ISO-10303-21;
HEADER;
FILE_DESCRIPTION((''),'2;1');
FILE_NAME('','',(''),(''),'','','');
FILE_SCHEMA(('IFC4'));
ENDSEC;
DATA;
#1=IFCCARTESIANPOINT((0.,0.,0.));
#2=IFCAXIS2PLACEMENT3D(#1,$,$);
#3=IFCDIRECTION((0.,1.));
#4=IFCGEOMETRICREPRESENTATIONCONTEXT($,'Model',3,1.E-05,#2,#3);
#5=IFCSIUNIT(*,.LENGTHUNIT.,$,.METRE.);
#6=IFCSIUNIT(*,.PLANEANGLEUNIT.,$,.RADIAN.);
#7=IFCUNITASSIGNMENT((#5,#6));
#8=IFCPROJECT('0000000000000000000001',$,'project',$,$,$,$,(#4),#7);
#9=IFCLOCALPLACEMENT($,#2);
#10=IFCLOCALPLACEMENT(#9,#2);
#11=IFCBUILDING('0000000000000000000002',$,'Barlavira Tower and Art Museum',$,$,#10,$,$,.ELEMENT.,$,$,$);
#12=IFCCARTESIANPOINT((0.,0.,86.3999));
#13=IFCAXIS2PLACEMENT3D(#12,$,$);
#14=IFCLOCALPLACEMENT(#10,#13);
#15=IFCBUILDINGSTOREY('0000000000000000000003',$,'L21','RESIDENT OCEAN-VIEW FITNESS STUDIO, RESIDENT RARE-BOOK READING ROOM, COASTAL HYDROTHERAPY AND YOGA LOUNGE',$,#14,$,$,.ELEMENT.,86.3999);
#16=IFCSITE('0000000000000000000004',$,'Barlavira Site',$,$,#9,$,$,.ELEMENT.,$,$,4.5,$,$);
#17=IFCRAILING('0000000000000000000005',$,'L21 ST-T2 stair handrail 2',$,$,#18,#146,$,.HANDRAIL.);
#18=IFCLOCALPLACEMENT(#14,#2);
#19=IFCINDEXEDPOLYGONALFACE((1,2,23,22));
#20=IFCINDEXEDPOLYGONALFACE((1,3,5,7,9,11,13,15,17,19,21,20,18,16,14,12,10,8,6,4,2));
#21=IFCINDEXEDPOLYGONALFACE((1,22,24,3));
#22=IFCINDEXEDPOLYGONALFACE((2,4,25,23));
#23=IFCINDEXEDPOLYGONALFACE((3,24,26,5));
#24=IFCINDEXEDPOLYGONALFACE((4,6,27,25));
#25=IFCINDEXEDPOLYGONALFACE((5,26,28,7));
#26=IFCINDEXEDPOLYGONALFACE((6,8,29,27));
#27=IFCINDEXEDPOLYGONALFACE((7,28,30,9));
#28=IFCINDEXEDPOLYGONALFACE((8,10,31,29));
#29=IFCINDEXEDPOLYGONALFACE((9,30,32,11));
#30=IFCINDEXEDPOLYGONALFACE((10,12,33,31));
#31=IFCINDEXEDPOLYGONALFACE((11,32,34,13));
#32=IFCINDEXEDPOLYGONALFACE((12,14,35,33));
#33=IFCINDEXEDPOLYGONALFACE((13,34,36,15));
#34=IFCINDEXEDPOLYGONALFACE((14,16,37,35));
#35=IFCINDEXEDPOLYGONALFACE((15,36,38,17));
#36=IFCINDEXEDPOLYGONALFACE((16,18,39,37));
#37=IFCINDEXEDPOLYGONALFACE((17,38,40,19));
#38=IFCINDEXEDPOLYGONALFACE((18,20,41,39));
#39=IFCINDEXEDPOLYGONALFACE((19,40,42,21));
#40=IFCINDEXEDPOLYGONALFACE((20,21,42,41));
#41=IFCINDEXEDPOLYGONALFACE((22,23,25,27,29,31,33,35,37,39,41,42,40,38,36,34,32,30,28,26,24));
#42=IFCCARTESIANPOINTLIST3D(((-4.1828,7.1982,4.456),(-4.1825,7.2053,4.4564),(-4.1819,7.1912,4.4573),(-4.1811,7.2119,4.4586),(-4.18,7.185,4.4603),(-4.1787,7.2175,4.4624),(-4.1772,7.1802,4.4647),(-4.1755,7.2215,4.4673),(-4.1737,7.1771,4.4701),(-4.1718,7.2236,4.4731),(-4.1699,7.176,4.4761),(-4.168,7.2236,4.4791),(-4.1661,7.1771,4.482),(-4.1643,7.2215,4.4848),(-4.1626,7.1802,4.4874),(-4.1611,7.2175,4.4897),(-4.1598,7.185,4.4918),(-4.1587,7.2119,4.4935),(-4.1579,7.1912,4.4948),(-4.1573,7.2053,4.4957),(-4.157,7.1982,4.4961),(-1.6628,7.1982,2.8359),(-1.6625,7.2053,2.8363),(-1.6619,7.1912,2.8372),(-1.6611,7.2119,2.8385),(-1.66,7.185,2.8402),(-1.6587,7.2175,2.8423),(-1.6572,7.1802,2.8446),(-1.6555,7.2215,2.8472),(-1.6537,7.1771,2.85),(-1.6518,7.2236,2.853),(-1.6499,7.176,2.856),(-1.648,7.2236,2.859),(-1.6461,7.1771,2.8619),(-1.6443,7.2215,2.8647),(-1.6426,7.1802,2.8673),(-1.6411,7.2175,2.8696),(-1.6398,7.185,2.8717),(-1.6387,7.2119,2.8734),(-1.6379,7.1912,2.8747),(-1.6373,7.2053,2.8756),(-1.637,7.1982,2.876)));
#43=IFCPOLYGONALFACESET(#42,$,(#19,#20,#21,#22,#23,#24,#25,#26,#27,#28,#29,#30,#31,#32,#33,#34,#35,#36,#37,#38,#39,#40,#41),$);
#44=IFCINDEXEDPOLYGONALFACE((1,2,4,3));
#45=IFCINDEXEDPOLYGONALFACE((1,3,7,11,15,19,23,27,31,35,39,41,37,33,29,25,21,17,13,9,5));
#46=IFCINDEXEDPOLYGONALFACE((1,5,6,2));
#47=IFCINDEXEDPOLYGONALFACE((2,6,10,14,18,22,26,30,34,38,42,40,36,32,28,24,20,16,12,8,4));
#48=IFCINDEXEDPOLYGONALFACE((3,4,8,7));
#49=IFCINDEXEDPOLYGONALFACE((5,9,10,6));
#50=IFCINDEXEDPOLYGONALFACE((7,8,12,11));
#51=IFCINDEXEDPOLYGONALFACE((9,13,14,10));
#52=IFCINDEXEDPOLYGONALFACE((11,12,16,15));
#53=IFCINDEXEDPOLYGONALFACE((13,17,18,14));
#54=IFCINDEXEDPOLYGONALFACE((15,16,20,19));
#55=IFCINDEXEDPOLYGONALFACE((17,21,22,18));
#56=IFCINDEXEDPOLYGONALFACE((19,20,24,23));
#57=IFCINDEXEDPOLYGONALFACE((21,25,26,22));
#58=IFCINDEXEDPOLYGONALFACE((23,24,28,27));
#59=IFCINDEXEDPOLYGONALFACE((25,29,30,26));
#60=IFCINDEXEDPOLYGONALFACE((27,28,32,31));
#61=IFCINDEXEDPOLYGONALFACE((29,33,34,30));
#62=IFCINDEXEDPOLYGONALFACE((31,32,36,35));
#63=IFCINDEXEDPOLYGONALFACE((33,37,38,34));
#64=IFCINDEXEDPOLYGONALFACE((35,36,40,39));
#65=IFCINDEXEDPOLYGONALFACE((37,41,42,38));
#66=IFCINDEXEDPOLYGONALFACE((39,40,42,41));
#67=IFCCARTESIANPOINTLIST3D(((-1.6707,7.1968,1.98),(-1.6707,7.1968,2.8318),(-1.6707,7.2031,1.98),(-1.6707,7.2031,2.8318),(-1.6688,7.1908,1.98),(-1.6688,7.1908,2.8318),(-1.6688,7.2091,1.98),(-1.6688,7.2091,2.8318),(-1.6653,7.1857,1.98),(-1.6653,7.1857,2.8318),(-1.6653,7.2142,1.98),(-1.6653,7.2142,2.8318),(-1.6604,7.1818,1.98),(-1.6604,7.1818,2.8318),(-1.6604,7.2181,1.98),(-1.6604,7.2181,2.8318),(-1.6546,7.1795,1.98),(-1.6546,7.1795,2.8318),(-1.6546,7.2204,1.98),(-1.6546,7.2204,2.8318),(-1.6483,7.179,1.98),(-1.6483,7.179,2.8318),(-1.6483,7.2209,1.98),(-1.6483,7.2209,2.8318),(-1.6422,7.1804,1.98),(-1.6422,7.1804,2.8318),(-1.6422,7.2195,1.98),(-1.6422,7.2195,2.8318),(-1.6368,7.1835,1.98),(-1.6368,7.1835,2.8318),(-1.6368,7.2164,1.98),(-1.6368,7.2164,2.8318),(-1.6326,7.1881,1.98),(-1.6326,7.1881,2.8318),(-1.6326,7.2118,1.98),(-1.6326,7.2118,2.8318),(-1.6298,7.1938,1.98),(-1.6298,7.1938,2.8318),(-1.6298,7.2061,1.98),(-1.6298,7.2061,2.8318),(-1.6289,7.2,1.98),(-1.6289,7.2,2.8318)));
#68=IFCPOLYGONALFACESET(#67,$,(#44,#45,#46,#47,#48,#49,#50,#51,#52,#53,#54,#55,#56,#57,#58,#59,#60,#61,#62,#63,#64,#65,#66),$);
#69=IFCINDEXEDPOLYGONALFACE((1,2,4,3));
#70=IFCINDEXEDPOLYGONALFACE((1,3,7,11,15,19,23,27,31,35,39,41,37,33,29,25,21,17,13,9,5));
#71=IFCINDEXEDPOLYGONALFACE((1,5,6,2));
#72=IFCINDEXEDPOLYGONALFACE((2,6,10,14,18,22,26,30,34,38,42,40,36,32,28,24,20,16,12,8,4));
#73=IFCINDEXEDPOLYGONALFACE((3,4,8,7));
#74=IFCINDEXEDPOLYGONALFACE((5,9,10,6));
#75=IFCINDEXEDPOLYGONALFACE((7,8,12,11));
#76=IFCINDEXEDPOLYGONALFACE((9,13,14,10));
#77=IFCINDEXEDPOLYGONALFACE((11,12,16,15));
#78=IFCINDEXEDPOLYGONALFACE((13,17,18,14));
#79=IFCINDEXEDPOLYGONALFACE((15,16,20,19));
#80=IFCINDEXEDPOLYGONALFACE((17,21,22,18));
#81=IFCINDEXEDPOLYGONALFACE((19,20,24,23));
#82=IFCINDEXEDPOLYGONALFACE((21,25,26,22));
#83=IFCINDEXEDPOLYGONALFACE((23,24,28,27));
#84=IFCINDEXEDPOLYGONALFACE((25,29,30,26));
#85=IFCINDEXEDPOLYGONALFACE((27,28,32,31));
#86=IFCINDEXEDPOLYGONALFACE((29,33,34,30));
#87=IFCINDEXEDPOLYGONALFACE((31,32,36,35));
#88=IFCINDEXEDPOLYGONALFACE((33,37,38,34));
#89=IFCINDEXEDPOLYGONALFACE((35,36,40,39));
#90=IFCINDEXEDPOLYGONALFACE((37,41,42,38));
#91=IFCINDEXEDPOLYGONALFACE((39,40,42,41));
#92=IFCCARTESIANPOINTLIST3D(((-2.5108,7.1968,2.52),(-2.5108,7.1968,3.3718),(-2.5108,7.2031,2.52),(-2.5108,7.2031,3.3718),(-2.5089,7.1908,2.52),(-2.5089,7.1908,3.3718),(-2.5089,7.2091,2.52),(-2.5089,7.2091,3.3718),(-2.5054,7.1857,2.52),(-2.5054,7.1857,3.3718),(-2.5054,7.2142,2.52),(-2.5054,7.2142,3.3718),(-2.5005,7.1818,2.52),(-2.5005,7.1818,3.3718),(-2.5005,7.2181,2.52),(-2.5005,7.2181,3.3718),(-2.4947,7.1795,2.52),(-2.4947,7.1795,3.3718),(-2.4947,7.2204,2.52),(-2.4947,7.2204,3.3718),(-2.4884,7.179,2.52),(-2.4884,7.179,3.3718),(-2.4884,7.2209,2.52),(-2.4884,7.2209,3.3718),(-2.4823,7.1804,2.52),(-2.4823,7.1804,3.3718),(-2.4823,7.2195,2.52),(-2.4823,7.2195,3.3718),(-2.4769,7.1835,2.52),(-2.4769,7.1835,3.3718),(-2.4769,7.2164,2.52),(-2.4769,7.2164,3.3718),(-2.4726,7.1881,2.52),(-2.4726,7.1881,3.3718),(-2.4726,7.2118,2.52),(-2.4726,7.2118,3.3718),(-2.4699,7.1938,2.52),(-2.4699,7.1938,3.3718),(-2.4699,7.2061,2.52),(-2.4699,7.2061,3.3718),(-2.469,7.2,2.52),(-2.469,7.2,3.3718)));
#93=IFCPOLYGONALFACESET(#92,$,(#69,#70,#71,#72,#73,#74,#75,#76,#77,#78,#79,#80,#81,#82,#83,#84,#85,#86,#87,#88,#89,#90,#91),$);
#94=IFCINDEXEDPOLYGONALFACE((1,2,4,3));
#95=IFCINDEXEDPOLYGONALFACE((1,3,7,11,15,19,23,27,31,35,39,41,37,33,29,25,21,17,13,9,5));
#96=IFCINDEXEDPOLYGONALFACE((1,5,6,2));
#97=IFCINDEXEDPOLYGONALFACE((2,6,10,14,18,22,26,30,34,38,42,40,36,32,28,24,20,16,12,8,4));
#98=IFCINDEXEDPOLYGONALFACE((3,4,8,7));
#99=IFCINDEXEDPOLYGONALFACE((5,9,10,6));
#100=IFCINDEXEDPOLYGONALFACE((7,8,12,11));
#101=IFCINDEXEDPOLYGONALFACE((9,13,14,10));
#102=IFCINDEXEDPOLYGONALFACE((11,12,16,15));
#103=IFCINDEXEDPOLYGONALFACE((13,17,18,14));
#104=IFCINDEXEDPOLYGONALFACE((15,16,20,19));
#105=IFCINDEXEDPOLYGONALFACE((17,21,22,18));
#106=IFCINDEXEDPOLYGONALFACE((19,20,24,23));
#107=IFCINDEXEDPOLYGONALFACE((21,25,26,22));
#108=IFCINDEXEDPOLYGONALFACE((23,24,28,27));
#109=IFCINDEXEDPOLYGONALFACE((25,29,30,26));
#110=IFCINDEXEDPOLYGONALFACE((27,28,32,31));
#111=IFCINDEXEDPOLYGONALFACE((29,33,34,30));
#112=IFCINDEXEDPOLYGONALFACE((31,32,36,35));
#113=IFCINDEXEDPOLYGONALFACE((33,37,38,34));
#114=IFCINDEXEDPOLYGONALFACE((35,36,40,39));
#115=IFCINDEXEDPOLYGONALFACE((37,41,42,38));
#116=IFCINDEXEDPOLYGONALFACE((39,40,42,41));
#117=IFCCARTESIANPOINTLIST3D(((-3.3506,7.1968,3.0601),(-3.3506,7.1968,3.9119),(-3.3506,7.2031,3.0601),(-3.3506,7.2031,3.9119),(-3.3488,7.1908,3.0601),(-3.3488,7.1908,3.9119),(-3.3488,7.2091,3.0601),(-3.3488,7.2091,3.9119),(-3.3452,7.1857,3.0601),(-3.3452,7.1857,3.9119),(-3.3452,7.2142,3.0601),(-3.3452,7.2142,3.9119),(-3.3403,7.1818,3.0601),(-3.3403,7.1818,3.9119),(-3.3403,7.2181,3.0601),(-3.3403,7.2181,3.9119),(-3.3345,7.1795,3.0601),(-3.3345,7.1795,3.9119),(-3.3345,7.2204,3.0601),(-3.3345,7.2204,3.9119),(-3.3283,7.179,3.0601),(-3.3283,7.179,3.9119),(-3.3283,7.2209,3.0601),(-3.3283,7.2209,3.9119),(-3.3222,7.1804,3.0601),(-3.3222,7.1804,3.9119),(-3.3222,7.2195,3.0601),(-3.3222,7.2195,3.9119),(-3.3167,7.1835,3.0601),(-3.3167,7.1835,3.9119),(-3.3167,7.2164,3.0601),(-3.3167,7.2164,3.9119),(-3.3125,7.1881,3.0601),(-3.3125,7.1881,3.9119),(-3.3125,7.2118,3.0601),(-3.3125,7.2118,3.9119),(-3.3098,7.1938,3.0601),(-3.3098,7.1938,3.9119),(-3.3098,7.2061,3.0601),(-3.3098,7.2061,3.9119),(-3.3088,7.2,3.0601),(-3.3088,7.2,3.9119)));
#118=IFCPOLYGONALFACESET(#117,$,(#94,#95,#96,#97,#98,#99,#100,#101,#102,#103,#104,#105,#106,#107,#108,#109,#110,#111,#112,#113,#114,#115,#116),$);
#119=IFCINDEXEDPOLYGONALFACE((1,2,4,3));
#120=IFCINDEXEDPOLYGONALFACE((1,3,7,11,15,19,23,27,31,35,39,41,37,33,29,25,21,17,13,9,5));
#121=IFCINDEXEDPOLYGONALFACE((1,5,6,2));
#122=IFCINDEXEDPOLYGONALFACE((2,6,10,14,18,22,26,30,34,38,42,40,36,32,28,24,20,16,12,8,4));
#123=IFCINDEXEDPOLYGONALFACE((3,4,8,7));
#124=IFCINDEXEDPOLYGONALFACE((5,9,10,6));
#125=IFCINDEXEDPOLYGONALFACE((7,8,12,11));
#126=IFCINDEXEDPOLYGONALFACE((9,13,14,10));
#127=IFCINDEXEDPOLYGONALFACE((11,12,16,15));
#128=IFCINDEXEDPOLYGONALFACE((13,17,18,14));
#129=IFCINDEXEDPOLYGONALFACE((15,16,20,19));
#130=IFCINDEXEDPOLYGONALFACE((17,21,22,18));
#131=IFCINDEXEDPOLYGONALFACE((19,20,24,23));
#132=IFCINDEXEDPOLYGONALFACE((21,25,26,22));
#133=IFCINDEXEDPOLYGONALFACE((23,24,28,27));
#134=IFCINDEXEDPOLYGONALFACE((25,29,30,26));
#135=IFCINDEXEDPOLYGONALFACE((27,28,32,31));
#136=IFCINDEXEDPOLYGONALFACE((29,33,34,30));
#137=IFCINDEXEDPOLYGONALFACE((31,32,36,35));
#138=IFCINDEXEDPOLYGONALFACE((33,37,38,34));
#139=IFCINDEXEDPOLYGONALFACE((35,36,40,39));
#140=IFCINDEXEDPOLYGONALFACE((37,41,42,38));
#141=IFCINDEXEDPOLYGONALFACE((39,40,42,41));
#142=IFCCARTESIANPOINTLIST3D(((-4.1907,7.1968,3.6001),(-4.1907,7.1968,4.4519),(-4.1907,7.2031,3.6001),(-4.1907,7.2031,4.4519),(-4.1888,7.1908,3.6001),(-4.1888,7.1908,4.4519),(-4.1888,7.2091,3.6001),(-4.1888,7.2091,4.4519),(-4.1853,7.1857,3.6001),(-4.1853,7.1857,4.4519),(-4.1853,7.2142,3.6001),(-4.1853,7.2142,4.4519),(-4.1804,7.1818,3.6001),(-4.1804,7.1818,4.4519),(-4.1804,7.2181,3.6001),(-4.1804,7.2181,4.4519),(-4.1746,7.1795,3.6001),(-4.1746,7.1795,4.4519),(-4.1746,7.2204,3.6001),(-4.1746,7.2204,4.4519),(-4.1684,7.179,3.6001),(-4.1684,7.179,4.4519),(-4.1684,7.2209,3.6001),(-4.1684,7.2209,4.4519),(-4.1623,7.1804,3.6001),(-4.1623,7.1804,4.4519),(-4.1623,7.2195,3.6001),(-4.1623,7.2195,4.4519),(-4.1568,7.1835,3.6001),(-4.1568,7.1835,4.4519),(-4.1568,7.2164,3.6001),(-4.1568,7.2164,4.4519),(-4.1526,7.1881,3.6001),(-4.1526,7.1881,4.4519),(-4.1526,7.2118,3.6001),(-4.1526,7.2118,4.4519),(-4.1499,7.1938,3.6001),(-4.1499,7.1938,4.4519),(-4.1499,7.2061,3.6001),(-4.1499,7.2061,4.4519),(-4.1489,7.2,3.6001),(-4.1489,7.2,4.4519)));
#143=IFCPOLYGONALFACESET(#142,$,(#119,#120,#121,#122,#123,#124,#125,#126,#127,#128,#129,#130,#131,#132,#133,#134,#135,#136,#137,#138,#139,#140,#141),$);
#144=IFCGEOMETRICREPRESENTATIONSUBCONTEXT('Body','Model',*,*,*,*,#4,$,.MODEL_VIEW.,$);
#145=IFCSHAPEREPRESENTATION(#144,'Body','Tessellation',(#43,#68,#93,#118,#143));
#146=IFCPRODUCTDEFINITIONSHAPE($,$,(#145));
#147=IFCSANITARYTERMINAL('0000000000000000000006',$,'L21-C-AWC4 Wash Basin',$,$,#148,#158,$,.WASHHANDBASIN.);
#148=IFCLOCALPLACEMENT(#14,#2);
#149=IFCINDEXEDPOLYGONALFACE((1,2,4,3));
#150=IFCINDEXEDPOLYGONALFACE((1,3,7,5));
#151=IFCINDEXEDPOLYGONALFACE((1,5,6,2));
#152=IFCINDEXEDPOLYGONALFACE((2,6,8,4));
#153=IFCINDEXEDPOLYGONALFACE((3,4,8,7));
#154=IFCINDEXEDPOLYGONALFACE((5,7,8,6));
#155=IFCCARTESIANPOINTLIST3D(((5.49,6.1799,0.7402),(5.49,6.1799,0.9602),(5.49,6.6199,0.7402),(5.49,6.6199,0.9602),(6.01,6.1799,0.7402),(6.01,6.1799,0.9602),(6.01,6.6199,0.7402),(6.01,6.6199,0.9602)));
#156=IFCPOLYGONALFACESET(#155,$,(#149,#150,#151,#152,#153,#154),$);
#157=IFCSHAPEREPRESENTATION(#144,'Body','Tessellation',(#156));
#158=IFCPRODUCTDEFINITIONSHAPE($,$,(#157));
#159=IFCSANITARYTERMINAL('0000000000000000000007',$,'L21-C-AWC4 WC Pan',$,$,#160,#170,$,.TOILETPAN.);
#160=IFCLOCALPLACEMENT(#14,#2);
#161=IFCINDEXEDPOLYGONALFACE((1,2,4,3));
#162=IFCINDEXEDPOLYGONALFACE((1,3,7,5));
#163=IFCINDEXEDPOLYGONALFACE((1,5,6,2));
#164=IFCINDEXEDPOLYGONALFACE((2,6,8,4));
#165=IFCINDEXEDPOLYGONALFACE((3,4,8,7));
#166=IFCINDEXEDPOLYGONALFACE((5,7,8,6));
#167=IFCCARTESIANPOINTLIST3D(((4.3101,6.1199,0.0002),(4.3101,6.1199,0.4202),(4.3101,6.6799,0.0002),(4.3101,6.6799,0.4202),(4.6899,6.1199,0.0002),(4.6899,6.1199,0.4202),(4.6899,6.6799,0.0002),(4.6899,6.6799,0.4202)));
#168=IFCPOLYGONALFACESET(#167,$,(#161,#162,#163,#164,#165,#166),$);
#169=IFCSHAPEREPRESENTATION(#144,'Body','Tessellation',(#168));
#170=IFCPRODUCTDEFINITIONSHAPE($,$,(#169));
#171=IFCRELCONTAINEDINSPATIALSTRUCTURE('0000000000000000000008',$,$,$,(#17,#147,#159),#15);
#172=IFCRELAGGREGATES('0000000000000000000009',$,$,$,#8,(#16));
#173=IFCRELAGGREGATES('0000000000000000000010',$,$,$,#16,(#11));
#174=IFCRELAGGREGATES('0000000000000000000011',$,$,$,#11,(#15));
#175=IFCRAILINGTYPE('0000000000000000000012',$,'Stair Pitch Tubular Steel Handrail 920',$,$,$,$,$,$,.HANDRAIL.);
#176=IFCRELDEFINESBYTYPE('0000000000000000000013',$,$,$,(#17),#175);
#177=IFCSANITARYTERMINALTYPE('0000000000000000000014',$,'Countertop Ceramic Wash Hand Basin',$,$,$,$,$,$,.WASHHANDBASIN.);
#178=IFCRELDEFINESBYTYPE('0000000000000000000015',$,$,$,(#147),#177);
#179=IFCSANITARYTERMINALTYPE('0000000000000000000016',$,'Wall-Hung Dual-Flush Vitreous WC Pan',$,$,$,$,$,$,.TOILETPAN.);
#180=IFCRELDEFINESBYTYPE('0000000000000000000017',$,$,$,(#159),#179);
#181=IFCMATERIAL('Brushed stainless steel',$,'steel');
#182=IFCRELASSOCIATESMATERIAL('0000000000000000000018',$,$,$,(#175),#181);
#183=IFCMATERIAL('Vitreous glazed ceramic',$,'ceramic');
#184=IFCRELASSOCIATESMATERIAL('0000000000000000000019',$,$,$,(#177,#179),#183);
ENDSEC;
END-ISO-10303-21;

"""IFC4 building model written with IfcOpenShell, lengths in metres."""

from ifc_helpers import new_model, si_unit, direction, frame, origin, origin_2d, place, context, subcontext, project, spatial, rectangle, circle, extrude, material, type_object, element, save


model = new_model("IFC4")

# Units and contexts
model_context = context("Model", 3, precision=1e-05, world=origin(), true_north=direction((0.0, 1.0)))
body_context = subcontext(model_context, "Body", "Model", "MODEL_VIEW")
ifc_project = project(units=[si_unit("LENGTHUNIT", "METRE"), si_unit("PLANEANGLEUNIT", "RADIAN")], contexts=[model_context])

# Site, building, storey
site_placement = place(None, origin())
site = spatial("IfcSite", under=ifc_project, at=site_placement, Name="Barlavira Site", CompositionType="ELEMENT", RefElevation=4.5)
building_placement = place(site_placement, origin())
building = spatial("IfcBuilding", under=site, at=building_placement, Name="Barlavira Tower and Art Museum", CompositionType="ELEMENT")
storey_placement = place(building_placement, frame((0.0, 0.0, 86.3999)))
storey = spatial("IfcBuildingStorey", under=building, at=storey_placement, Name="L21", Description="RESIDENT OCEAN-VIEW FITNESS STUDIO, RESIDENT RARE-BOOK READING ROOM, COASTAL HYDROTHERAPY AND YOGA LOUNGE", CompositionType="ELEMENT", Elevation=86.3999)

# Shared definitions
ifc_material_1 = material(Name="Brushed stainless steel", Category="steel")

# Railing
railing_type_1 = type_object("IfcRailingType", Name="Stair Pitch Tubular Steel Handrail 920", PredefinedType="HANDRAIL", material=ifc_material_1)
railing_1_placement = place(storey_placement, frame((-1.6499, 7.2, 1.98)))
element("IfcRailing", 1, at=railing_1_placement, inside=storey, type_object=railing_type_1, Name="L21 ST-T2 stair handrail 2", PredefinedType="HANDRAIL", context=body_context, shape_type="SweptSolid", body=[
    extrude(circle(Radius=0.0239, at=origin_2d()), frame((0.0, 0.0, 0.876), z_axis=(-0.841163, 0.0, 0.540782), x_axis=(0.0, -1.0, 0.0)), (0.0, 0.0, 1.0), 2.9958),
    extrude(circle(Radius=0.021, at=origin_2d()), origin(), (0.0, 0.0, 1.0), 0.8518),
    extrude(circle(Radius=0.021, at=origin_2d()), frame((-0.8401, 0.0, 0.54)), (0.0, 0.0, 1.0), 0.8518),
    extrude(circle(Radius=0.021, at=origin_2d()), frame((-1.6799, 0.0, 1.0801)), (0.0, 0.0, 1.0), 0.8518),
    extrude(circle(Radius=0.021, at=origin_2d()), frame((-2.52, 0.0, 1.6201)), (0.0, 0.0, 1.0), 0.8518),
])

# Sanitary terminals
ifc_material_2 = material(Name="Vitreous glazed ceramic", Category="ceramic")
sanitary_terminal_type_1 = type_object("IfcSanitaryTerminalType", Name="Countertop Ceramic Wash Hand Basin", PredefinedType="WASHHANDBASIN", material=ifc_material_2)
sanitary_terminal_1_placement = place(storey_placement, frame((5.75, 6.3999, 0.7402), z_axis=(0.0, 0.0, 1.0), x_axis=(1.0, 0.0, 0.0)))
element("IfcSanitaryTerminal", 2, at=sanitary_terminal_1_placement, inside=storey, type_object=sanitary_terminal_type_1, Name="L21-C-AWC4 Wash Basin", PredefinedType="WASHHANDBASIN", context=body_context, shape_type="SweptSolid", body=[
    extrude(rectangle(XDim=0.52, YDim=0.4399, at=origin_2d()), origin(), (0.0, 0.0, 1.0), 0.22),
])
sanitary_terminal_type_2 = type_object("IfcSanitaryTerminalType", Name="Wall-Hung Dual-Flush Vitreous WC Pan", PredefinedType="TOILETPAN", material=ifc_material_2)
sanitary_terminal_2_placement = place(storey_placement, frame((4.5, 6.3999, 0.0002), z_axis=(0.0, 0.0, 1.0), x_axis=(1.0, 0.0, 0.0)))
element("IfcSanitaryTerminal", 3, at=sanitary_terminal_2_placement, inside=storey, type_object=sanitary_terminal_type_2, Name="L21-C-AWC4 WC Pan", PredefinedType="TOILETPAN", context=body_context, shape_type="SweptSolid", body=[
    extrude(rectangle(XDim=0.3799, YDim=0.5601, at=origin_2d()), origin(), (0.0, 0.0, 1.0), 0.4199),
])

save(model, "model.ifc")
